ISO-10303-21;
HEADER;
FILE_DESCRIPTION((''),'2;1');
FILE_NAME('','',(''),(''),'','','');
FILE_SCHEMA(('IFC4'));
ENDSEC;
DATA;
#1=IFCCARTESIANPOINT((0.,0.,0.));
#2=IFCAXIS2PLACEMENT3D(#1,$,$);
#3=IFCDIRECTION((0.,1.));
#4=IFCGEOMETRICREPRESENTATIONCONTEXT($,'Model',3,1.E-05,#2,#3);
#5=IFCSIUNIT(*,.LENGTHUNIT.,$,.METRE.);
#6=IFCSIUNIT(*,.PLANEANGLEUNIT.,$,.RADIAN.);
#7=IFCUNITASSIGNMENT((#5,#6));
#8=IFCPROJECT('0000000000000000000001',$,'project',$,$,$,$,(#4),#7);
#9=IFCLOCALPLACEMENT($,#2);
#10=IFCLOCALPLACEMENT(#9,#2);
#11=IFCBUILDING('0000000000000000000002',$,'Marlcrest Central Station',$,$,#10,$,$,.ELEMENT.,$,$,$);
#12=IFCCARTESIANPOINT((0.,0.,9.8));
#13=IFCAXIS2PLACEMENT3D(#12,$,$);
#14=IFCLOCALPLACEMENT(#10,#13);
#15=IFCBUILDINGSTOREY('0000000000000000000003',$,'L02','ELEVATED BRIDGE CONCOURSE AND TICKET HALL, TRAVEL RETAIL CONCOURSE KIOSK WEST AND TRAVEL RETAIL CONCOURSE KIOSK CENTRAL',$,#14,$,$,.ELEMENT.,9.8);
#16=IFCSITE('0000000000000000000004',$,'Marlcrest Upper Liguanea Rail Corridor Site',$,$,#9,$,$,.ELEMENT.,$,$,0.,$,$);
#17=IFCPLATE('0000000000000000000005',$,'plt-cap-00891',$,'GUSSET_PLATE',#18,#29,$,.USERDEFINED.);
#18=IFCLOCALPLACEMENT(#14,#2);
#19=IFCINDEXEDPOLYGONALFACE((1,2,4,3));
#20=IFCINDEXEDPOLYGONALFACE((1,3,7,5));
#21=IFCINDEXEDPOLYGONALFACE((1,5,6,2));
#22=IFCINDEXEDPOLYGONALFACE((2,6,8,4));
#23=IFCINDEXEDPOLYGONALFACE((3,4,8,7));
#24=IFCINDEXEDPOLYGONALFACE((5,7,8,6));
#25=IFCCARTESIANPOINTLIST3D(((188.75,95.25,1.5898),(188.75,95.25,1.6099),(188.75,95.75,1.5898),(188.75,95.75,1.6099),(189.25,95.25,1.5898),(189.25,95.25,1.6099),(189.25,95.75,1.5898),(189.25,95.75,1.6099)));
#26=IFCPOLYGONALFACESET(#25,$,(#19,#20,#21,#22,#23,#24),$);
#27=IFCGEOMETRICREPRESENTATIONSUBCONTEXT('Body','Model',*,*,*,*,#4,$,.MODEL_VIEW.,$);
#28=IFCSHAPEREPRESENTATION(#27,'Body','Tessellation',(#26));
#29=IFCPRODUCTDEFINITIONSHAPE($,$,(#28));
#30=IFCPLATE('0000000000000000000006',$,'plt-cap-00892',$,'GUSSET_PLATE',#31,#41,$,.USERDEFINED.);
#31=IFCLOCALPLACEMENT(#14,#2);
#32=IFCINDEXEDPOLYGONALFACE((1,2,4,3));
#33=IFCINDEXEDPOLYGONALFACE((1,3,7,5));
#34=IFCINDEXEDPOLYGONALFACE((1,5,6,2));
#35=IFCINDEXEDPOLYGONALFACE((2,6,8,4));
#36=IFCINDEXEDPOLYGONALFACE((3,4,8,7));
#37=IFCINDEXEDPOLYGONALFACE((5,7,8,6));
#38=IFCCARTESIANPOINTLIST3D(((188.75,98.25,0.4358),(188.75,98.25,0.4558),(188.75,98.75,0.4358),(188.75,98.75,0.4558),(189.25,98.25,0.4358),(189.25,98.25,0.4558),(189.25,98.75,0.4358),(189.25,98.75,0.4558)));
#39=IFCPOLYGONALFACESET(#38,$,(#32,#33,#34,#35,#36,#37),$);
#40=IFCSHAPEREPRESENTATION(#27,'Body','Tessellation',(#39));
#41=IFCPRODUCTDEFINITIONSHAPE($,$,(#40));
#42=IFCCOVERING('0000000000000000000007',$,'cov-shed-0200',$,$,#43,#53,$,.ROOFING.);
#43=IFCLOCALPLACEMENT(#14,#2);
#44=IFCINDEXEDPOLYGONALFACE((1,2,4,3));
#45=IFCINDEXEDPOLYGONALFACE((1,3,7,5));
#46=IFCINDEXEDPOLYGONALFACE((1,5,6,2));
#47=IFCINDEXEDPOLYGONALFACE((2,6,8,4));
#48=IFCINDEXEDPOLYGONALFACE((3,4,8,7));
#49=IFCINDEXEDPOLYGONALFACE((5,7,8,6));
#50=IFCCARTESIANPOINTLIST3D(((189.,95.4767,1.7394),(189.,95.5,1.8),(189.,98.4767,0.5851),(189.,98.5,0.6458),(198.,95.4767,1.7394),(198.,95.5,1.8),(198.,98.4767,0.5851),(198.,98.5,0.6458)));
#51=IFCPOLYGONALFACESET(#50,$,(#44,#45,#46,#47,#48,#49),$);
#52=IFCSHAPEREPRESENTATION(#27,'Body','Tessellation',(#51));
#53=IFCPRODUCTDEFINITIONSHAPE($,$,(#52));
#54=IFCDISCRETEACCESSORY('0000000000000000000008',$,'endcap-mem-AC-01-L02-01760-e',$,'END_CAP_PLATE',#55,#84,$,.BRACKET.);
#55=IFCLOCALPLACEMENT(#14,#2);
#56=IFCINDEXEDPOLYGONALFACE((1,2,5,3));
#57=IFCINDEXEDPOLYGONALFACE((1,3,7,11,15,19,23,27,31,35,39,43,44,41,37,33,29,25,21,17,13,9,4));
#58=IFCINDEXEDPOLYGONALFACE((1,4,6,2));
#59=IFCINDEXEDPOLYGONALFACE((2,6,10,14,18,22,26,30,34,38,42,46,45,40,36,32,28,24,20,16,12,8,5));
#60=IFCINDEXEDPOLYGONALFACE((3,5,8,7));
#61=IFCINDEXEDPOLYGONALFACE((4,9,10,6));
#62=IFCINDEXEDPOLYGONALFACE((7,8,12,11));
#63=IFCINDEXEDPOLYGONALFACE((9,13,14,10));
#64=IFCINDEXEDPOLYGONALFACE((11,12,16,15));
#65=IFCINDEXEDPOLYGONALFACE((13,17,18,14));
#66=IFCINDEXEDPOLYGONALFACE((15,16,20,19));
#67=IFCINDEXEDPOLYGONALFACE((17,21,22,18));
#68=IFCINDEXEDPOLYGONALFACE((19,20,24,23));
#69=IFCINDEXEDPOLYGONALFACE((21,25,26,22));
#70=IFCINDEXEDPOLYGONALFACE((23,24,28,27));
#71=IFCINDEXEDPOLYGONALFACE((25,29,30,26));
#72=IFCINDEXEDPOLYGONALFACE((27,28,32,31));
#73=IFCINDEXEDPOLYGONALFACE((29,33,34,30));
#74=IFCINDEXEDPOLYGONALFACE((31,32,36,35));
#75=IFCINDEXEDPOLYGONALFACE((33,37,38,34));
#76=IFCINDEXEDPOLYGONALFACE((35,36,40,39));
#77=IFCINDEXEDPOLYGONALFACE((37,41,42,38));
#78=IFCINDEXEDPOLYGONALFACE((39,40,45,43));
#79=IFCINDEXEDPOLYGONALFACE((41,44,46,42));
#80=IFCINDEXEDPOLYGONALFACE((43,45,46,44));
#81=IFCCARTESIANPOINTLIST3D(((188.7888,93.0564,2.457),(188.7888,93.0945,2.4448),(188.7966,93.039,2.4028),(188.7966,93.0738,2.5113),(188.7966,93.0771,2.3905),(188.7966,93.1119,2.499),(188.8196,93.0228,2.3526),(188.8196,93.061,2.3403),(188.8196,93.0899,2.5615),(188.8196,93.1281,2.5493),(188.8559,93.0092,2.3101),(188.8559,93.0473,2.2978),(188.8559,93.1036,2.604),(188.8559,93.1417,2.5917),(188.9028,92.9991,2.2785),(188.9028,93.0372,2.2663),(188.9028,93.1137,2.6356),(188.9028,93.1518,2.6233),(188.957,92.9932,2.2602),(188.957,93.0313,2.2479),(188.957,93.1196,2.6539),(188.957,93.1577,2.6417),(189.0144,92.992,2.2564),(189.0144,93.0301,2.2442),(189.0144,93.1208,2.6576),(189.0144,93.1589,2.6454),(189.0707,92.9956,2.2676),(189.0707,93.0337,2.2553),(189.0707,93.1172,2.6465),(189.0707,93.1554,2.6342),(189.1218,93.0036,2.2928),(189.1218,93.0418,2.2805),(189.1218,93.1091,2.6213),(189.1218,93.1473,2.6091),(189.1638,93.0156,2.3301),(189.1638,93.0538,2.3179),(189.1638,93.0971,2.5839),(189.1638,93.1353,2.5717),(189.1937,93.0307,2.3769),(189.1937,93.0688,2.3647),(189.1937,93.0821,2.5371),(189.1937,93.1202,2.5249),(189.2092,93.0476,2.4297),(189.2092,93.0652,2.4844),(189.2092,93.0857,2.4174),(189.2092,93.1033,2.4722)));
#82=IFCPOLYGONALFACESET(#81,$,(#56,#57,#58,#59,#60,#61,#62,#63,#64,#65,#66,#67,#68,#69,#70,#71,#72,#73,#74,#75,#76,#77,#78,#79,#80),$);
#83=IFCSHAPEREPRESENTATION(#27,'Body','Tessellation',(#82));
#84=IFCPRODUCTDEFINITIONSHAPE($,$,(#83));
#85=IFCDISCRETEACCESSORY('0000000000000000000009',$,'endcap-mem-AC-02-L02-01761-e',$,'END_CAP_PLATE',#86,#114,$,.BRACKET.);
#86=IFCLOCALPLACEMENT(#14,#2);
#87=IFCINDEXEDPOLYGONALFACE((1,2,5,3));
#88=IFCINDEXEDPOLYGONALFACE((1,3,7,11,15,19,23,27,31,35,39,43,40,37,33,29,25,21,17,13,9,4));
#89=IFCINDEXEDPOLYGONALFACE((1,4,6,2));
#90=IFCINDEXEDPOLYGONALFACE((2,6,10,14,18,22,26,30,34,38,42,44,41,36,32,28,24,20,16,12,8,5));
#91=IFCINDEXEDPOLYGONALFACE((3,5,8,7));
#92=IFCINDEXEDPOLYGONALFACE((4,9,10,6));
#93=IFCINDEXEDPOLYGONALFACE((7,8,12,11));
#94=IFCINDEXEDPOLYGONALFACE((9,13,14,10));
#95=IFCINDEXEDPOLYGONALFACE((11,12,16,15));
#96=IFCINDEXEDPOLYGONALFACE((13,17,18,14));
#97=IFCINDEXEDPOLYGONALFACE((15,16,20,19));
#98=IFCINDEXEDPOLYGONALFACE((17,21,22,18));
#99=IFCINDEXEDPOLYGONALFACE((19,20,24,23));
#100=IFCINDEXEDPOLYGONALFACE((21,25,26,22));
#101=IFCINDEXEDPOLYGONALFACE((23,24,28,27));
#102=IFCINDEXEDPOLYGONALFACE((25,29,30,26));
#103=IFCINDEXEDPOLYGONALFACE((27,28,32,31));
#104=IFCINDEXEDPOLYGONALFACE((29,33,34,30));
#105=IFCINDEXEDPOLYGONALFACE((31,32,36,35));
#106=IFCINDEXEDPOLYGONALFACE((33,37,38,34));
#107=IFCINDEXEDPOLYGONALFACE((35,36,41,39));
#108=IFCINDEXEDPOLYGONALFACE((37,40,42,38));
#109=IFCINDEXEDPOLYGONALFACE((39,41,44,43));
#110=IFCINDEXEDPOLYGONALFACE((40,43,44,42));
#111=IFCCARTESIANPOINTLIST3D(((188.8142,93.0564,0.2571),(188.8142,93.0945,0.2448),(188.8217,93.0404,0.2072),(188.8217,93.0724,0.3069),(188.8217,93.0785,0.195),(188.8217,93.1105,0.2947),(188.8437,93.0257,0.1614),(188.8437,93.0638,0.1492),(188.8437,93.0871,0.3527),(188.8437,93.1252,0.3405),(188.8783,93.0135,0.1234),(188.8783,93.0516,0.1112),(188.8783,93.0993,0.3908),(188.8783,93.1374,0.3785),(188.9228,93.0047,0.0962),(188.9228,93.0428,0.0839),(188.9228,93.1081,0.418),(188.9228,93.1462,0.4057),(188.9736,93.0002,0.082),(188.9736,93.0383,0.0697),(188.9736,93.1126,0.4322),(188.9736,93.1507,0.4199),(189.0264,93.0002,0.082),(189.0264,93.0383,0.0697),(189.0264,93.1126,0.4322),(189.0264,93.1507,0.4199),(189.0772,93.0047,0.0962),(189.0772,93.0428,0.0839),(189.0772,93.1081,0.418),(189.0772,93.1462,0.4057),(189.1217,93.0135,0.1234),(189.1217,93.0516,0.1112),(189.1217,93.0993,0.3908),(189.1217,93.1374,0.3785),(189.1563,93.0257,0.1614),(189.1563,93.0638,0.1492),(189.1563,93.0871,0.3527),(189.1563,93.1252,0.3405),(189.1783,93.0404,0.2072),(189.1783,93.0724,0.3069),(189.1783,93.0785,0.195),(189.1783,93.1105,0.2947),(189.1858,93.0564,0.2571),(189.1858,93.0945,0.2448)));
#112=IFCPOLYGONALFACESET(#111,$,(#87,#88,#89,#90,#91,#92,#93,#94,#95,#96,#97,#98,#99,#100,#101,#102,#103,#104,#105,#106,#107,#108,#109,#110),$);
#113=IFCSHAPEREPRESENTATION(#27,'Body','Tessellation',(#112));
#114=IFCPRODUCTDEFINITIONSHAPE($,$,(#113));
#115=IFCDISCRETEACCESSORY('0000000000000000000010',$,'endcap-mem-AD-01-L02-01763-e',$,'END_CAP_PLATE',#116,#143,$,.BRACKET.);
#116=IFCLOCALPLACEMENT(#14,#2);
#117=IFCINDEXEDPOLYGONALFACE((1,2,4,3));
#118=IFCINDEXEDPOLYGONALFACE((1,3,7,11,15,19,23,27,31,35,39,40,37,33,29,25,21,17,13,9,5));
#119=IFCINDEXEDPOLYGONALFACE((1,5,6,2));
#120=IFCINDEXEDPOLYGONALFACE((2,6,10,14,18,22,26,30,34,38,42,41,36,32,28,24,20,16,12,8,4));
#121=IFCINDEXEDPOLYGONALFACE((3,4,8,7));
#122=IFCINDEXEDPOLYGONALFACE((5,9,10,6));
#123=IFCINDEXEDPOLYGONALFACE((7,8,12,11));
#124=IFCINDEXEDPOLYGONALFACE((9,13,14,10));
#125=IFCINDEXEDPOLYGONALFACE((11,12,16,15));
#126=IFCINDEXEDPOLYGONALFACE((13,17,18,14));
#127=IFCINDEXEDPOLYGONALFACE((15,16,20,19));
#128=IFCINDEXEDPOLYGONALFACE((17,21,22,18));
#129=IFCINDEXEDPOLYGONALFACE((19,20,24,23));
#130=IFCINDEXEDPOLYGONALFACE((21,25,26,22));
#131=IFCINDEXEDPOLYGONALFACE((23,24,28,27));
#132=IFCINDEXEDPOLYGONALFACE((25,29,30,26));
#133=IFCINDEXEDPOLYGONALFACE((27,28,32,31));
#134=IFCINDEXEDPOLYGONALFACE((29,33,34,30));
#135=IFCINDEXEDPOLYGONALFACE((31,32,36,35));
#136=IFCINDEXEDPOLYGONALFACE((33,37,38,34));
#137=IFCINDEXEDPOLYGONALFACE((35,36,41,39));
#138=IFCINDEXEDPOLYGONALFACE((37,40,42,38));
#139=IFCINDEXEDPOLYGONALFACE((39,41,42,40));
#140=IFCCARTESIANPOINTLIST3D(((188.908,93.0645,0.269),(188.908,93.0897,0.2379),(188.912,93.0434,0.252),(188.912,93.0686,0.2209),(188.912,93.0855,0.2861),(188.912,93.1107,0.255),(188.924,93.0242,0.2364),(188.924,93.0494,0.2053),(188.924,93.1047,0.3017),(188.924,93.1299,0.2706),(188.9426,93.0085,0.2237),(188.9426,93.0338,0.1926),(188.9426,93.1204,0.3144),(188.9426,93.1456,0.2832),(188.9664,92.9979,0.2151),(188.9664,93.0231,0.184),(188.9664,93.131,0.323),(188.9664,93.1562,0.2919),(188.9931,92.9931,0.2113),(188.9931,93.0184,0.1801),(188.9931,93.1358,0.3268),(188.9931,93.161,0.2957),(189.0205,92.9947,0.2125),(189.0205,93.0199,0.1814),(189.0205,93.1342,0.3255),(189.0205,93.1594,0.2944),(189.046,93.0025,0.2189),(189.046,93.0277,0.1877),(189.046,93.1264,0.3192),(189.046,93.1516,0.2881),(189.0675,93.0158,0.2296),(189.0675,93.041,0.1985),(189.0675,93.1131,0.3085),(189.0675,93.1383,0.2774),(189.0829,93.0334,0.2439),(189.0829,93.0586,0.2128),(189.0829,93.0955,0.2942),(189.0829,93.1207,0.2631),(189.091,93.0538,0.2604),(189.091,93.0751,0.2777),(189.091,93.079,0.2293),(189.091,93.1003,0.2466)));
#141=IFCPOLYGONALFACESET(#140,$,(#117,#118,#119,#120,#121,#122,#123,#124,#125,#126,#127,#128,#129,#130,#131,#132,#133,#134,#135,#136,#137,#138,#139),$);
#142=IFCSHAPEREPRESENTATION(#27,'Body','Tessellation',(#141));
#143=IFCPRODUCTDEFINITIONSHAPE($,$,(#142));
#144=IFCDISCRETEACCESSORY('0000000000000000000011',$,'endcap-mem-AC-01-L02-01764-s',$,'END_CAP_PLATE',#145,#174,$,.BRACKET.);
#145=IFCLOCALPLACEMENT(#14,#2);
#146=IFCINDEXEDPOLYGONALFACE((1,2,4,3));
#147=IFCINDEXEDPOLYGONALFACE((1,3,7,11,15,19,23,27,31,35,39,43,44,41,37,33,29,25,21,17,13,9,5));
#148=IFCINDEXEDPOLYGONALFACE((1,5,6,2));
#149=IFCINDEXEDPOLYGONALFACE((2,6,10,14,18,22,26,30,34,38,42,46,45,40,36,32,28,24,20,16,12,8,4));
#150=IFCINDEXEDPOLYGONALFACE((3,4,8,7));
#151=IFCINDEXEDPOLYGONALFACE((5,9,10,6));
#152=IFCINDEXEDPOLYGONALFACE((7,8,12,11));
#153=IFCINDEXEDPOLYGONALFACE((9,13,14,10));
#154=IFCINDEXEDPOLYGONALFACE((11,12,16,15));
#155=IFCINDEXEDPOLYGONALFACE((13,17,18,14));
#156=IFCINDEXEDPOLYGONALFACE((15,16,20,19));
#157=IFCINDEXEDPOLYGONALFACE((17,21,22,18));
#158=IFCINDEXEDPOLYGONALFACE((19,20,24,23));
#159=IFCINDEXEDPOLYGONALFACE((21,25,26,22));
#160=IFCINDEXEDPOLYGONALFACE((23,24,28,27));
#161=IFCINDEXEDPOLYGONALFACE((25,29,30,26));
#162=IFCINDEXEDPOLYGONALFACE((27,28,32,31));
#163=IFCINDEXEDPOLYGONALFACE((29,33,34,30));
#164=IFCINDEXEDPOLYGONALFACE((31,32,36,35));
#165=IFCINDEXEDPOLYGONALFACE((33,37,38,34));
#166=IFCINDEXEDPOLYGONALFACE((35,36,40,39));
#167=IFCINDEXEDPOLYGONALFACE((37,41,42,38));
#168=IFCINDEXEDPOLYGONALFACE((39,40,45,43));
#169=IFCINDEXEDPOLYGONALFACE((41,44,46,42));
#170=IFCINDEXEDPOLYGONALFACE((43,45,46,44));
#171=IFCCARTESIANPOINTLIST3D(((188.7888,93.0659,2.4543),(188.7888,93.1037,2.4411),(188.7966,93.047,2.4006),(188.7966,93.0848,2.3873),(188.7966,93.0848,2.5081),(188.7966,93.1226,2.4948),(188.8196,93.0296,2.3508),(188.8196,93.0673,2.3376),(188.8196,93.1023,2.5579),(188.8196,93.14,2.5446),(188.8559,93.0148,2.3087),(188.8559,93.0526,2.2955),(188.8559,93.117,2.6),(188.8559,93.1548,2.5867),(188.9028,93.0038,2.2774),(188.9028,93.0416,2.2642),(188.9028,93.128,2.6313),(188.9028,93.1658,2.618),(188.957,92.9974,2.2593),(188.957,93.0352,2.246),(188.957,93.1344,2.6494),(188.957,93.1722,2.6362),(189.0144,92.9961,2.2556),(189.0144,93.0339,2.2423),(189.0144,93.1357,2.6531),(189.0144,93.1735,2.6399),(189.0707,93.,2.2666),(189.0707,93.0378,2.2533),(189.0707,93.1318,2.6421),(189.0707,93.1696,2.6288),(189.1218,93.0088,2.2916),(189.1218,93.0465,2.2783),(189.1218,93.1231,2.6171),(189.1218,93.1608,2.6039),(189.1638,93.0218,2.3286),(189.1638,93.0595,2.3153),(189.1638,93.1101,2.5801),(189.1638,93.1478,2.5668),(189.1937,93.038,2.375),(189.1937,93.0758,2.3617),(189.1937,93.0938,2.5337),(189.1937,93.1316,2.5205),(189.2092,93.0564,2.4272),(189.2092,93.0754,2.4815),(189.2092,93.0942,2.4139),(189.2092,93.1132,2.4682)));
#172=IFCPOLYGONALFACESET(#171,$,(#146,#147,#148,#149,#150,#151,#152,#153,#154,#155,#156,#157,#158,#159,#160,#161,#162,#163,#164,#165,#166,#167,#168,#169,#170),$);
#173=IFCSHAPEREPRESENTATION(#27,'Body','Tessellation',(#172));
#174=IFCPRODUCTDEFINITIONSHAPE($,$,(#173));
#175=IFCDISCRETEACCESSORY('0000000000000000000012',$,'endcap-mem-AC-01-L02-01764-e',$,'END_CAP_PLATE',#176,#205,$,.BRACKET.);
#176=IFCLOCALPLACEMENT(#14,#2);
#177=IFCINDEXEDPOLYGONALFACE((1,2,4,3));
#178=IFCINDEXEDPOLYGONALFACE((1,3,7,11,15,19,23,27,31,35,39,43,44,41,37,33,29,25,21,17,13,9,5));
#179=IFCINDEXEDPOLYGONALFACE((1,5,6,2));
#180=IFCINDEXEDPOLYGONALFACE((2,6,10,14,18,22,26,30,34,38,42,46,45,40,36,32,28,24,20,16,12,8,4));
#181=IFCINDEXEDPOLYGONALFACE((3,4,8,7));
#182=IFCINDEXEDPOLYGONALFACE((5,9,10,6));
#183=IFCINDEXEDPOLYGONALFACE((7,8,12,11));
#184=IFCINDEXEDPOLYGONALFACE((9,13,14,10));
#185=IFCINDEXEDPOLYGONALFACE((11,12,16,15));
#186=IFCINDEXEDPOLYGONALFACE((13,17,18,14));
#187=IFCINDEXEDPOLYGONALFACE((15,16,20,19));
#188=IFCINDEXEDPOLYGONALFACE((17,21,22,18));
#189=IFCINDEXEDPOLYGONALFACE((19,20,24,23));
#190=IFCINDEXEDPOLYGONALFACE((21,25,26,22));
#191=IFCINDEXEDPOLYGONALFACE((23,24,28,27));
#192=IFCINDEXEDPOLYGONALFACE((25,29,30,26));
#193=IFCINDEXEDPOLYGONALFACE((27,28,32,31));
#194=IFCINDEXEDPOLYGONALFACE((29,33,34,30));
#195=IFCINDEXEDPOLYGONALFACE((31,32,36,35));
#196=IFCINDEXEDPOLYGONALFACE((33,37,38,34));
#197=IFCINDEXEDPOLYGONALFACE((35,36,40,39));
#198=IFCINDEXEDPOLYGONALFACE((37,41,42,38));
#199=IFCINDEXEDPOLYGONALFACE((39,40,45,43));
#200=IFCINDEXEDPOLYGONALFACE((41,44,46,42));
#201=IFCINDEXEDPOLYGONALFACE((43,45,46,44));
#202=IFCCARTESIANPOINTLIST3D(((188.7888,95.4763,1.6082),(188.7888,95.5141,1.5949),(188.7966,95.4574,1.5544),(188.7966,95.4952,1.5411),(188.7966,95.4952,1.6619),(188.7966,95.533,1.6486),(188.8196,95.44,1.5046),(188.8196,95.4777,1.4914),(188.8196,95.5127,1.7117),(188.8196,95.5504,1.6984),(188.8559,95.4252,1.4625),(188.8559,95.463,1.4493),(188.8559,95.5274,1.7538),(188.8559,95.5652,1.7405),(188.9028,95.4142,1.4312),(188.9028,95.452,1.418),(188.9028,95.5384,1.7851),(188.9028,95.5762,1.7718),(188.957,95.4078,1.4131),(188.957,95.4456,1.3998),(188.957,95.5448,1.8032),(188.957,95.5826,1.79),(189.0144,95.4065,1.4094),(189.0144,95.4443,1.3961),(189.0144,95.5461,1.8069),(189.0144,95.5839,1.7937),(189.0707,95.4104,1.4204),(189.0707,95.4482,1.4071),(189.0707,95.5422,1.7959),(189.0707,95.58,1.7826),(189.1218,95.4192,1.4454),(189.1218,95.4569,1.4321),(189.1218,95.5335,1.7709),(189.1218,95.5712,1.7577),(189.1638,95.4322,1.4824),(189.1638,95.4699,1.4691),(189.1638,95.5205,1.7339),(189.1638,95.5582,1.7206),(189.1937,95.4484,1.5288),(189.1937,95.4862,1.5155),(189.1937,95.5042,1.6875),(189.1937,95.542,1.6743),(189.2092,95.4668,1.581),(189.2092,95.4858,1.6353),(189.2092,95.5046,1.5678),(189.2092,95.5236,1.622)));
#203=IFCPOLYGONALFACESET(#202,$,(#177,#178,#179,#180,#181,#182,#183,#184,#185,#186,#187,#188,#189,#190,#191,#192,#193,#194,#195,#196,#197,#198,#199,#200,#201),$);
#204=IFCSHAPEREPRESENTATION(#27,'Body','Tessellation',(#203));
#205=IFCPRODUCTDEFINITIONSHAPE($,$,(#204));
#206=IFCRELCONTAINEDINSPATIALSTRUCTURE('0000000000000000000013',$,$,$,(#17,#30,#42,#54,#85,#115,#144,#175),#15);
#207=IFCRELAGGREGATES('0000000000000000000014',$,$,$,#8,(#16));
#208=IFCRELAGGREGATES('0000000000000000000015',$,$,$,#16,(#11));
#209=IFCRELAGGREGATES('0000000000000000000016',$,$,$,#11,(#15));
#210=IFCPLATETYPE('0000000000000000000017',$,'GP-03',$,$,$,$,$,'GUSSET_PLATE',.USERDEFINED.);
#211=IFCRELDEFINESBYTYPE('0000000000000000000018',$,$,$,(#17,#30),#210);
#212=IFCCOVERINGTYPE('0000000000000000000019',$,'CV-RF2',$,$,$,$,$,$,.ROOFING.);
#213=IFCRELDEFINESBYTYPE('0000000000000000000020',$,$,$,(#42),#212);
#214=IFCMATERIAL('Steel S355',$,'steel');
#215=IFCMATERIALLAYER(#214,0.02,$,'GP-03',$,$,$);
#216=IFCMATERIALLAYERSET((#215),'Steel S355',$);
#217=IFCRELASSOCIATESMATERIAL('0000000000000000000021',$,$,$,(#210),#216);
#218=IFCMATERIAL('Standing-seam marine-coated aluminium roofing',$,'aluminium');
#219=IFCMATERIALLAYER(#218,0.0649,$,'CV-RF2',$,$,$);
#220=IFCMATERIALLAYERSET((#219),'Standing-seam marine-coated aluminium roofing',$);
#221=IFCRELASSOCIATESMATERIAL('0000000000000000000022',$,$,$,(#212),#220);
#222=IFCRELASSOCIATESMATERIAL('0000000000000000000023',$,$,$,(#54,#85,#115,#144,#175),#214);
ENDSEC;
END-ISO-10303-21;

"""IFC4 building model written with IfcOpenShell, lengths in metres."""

from ifc_helpers import new_model, si_unit, direction, frame, origin, origin_2d, place, context, subcontext, project, spatial, polyline, rectangle, circle, outline, extrude, material, layer, layer_set, type_object, element, save


model = new_model("IFC4")

# Units and contexts
model_context = context("Model", 3, precision=1e-05, world=origin(), true_north=direction((0.0, 1.0)))
body_context = subcontext(model_context, "Body", "Model", "MODEL_VIEW")
ifc_project = project(units=[si_unit("LENGTHUNIT", "METRE"), si_unit("PLANEANGLEUNIT", "RADIAN")], contexts=[model_context])

# Site, building, storey
site_placement = place(None, origin())
site = spatial("IfcSite", under=ifc_project, at=site_placement, Name="Marlcrest Upper Liguanea Rail Corridor Site", CompositionType="ELEMENT", RefElevation=0.0)
building_placement = place(site_placement, origin())
building = spatial("IfcBuilding", under=site, at=building_placement, Name="Marlcrest Central Station", CompositionType="ELEMENT")
storey_placement = place(building_placement, frame((0.0, 0.0, 9.8)))
storey = spatial("IfcBuildingStorey", under=building, at=storey_placement, Name="L02", Description="ELEVATED BRIDGE CONCOURSE AND TICKET HALL, TRAVEL RETAIL CONCOURSE KIOSK WEST AND TRAVEL RETAIL CONCOURSE KIOSK CENTRAL", CompositionType="ELEMENT", Elevation=9.8)

# Shared definitions
ifc_material_1 = material(Name="Steel S355", Category="steel")

# Plates
ifc_layer_1 = layer(ifc_material_1, 0.02, Name="GP-03")
ifc_layer_set_1 = layer_set([ifc_layer_1], Name="Steel S355")
plate_type = type_object("IfcPlateType", Name="GP-03", ElementType="GUSSET_PLATE", PredefinedType="USERDEFINED", material=ifc_layer_set_1)
for number, where, z_axis, x_axis, name in (
    (1, (189.0, 95.5, 1.5898), (0.0, 0.0, 1.0), (1.0, 0.0, 0.0), "plt-cap-00891"),
    (2, (189.0, 98.5, 0.4358), (0.0, 0.0, 1.0), (1.0, 0.0, 0.0), "plt-cap-00892"),
):
    element("IfcPlate", number, at=place(storey_placement, frame(where, z_axis=z_axis, x_axis=x_axis)), inside=storey, type_object=plate_type, Name=name, ObjectType="GUSSET_PLATE", PredefinedType="USERDEFINED", context=body_context, shape_type="SweptSolid", body=[
        extrude(rectangle(XDim=0.5, YDim=0.5, at=origin_2d()), origin(), (0.0, 0.0, 1.0), 0.02),
    ])

# Covering
ifc_material_2 = material(Name="Standing-seam marine-coated aluminium roofing", Category="aluminium")
ifc_layer_2 = layer(ifc_material_2, 0.0649, Name="CV-RF2")
ifc_layer_set_2 = layer_set([ifc_layer_2], Name="Standing-seam marine-coated aluminium roofing")
covering_type = type_object("IfcCoveringType", Name="CV-RF2", PredefinedType="ROOFING", material=ifc_layer_set_2)
covering_placement = place(storey_placement, frame((189.0, 95.5, 1.8), z_axis=(0.0, 0.359101, 0.933299), x_axis=(1.0, 0.0, 0.0)))
element("IfcCovering", 3, at=covering_placement, inside=storey, type_object=covering_type, Name="cov-shed-0200", PredefinedType="ROOFING", context=body_context, shape_type="SweptSolid", body=[
    extrude(outline(polyline([(0.0, 0.0), (9.0, 0.0), (9.0, 3.2144), (0.0, 3.2144), (0.0, 0.0)])), origin(), (0.0, 0.0, -1.0), 0.0649),
])

# Discrete accessories
discrete_accessory_1_placement = place(storey_placement, frame((189.0, 93.0564, 2.457), z_axis=(0.0, 0.952117, -0.305734), x_axis=(-1.0, 0.0, 0.0)))
element("IfcDiscreteAccessory", 4, at=discrete_accessory_1_placement, inside=storey, material=ifc_material_1, Name="endcap-mem-AC-01-L02-01760-e", ObjectType="END_CAP_PLATE", PredefinedType="BRACKET", context=body_context, shape_type="SweptSolid", body=[
    extrude(circle(Radius=0.2112, at=origin_2d()), origin(), (0.0, 0.0, 1.0), 0.04),
])
discrete_accessory_2_placement = place(storey_placement, frame((189.0, 93.0564, 0.2571), z_axis=(0.0, 0.952117, -0.305734), x_axis=(-1.0, 0.0, 0.0)))
element("IfcDiscreteAccessory", 5, at=discrete_accessory_2_placement, inside=storey, material=ifc_material_1, Name="endcap-mem-AC-02-L02-01761-e", ObjectType="END_CAP_PLATE", PredefinedType="BRACKET", context=body_context, shape_type="SweptSolid", body=[
    extrude(circle(Radius=0.1858, at=origin_2d()), origin(), (0.0, 0.0, 1.0), 0.04),
])
discrete_accessory_3_placement = place(storey_placement, frame((189.0, 93.0645, 0.269), z_axis=(0.0, 0.629629, -0.776896), x_axis=(-1.0, 0.0, 0.0)))
element("IfcDiscreteAccessory", 6, at=discrete_accessory_3_placement, inside=storey, material=ifc_material_1, Name="endcap-mem-AD-01-L02-01763-e", ObjectType="END_CAP_PLATE", PredefinedType="BRACKET", context=body_context, shape_type="SweptSolid", body=[
    extrude(circle(Radius=0.092, at=origin_2d()), origin(), (0.0, 0.0, 1.0), 0.04),
])
for number, where, z_axis, x_axis, name in (
    (7, (189.0, 93.0659, 2.4543), (0.0, 0.943537, -0.331266), (-1.0, 0.0, 0.0), "endcap-mem-AC-01-L02-01764-s"),
    (8, (189.0, 95.4763, 1.6082), (0.0, 0.943537, -0.331266), (-1.0, 0.0, 0.0), "endcap-mem-AC-01-L02-01764-e"),
):
    element("IfcDiscreteAccessory", number, at=place(storey_placement, frame(where, z_axis=z_axis, x_axis=x_axis)), inside=storey, material=ifc_material_1, Name=name, ObjectType="END_CAP_PLATE", PredefinedType="BRACKET", context=body_context, shape_type="SweptSolid", body=[
        extrude(circle(Radius=0.2112, at=origin_2d()), origin(), (0.0, 0.0, 1.0), 0.04),
    ])

save(model, "model.ifc")
